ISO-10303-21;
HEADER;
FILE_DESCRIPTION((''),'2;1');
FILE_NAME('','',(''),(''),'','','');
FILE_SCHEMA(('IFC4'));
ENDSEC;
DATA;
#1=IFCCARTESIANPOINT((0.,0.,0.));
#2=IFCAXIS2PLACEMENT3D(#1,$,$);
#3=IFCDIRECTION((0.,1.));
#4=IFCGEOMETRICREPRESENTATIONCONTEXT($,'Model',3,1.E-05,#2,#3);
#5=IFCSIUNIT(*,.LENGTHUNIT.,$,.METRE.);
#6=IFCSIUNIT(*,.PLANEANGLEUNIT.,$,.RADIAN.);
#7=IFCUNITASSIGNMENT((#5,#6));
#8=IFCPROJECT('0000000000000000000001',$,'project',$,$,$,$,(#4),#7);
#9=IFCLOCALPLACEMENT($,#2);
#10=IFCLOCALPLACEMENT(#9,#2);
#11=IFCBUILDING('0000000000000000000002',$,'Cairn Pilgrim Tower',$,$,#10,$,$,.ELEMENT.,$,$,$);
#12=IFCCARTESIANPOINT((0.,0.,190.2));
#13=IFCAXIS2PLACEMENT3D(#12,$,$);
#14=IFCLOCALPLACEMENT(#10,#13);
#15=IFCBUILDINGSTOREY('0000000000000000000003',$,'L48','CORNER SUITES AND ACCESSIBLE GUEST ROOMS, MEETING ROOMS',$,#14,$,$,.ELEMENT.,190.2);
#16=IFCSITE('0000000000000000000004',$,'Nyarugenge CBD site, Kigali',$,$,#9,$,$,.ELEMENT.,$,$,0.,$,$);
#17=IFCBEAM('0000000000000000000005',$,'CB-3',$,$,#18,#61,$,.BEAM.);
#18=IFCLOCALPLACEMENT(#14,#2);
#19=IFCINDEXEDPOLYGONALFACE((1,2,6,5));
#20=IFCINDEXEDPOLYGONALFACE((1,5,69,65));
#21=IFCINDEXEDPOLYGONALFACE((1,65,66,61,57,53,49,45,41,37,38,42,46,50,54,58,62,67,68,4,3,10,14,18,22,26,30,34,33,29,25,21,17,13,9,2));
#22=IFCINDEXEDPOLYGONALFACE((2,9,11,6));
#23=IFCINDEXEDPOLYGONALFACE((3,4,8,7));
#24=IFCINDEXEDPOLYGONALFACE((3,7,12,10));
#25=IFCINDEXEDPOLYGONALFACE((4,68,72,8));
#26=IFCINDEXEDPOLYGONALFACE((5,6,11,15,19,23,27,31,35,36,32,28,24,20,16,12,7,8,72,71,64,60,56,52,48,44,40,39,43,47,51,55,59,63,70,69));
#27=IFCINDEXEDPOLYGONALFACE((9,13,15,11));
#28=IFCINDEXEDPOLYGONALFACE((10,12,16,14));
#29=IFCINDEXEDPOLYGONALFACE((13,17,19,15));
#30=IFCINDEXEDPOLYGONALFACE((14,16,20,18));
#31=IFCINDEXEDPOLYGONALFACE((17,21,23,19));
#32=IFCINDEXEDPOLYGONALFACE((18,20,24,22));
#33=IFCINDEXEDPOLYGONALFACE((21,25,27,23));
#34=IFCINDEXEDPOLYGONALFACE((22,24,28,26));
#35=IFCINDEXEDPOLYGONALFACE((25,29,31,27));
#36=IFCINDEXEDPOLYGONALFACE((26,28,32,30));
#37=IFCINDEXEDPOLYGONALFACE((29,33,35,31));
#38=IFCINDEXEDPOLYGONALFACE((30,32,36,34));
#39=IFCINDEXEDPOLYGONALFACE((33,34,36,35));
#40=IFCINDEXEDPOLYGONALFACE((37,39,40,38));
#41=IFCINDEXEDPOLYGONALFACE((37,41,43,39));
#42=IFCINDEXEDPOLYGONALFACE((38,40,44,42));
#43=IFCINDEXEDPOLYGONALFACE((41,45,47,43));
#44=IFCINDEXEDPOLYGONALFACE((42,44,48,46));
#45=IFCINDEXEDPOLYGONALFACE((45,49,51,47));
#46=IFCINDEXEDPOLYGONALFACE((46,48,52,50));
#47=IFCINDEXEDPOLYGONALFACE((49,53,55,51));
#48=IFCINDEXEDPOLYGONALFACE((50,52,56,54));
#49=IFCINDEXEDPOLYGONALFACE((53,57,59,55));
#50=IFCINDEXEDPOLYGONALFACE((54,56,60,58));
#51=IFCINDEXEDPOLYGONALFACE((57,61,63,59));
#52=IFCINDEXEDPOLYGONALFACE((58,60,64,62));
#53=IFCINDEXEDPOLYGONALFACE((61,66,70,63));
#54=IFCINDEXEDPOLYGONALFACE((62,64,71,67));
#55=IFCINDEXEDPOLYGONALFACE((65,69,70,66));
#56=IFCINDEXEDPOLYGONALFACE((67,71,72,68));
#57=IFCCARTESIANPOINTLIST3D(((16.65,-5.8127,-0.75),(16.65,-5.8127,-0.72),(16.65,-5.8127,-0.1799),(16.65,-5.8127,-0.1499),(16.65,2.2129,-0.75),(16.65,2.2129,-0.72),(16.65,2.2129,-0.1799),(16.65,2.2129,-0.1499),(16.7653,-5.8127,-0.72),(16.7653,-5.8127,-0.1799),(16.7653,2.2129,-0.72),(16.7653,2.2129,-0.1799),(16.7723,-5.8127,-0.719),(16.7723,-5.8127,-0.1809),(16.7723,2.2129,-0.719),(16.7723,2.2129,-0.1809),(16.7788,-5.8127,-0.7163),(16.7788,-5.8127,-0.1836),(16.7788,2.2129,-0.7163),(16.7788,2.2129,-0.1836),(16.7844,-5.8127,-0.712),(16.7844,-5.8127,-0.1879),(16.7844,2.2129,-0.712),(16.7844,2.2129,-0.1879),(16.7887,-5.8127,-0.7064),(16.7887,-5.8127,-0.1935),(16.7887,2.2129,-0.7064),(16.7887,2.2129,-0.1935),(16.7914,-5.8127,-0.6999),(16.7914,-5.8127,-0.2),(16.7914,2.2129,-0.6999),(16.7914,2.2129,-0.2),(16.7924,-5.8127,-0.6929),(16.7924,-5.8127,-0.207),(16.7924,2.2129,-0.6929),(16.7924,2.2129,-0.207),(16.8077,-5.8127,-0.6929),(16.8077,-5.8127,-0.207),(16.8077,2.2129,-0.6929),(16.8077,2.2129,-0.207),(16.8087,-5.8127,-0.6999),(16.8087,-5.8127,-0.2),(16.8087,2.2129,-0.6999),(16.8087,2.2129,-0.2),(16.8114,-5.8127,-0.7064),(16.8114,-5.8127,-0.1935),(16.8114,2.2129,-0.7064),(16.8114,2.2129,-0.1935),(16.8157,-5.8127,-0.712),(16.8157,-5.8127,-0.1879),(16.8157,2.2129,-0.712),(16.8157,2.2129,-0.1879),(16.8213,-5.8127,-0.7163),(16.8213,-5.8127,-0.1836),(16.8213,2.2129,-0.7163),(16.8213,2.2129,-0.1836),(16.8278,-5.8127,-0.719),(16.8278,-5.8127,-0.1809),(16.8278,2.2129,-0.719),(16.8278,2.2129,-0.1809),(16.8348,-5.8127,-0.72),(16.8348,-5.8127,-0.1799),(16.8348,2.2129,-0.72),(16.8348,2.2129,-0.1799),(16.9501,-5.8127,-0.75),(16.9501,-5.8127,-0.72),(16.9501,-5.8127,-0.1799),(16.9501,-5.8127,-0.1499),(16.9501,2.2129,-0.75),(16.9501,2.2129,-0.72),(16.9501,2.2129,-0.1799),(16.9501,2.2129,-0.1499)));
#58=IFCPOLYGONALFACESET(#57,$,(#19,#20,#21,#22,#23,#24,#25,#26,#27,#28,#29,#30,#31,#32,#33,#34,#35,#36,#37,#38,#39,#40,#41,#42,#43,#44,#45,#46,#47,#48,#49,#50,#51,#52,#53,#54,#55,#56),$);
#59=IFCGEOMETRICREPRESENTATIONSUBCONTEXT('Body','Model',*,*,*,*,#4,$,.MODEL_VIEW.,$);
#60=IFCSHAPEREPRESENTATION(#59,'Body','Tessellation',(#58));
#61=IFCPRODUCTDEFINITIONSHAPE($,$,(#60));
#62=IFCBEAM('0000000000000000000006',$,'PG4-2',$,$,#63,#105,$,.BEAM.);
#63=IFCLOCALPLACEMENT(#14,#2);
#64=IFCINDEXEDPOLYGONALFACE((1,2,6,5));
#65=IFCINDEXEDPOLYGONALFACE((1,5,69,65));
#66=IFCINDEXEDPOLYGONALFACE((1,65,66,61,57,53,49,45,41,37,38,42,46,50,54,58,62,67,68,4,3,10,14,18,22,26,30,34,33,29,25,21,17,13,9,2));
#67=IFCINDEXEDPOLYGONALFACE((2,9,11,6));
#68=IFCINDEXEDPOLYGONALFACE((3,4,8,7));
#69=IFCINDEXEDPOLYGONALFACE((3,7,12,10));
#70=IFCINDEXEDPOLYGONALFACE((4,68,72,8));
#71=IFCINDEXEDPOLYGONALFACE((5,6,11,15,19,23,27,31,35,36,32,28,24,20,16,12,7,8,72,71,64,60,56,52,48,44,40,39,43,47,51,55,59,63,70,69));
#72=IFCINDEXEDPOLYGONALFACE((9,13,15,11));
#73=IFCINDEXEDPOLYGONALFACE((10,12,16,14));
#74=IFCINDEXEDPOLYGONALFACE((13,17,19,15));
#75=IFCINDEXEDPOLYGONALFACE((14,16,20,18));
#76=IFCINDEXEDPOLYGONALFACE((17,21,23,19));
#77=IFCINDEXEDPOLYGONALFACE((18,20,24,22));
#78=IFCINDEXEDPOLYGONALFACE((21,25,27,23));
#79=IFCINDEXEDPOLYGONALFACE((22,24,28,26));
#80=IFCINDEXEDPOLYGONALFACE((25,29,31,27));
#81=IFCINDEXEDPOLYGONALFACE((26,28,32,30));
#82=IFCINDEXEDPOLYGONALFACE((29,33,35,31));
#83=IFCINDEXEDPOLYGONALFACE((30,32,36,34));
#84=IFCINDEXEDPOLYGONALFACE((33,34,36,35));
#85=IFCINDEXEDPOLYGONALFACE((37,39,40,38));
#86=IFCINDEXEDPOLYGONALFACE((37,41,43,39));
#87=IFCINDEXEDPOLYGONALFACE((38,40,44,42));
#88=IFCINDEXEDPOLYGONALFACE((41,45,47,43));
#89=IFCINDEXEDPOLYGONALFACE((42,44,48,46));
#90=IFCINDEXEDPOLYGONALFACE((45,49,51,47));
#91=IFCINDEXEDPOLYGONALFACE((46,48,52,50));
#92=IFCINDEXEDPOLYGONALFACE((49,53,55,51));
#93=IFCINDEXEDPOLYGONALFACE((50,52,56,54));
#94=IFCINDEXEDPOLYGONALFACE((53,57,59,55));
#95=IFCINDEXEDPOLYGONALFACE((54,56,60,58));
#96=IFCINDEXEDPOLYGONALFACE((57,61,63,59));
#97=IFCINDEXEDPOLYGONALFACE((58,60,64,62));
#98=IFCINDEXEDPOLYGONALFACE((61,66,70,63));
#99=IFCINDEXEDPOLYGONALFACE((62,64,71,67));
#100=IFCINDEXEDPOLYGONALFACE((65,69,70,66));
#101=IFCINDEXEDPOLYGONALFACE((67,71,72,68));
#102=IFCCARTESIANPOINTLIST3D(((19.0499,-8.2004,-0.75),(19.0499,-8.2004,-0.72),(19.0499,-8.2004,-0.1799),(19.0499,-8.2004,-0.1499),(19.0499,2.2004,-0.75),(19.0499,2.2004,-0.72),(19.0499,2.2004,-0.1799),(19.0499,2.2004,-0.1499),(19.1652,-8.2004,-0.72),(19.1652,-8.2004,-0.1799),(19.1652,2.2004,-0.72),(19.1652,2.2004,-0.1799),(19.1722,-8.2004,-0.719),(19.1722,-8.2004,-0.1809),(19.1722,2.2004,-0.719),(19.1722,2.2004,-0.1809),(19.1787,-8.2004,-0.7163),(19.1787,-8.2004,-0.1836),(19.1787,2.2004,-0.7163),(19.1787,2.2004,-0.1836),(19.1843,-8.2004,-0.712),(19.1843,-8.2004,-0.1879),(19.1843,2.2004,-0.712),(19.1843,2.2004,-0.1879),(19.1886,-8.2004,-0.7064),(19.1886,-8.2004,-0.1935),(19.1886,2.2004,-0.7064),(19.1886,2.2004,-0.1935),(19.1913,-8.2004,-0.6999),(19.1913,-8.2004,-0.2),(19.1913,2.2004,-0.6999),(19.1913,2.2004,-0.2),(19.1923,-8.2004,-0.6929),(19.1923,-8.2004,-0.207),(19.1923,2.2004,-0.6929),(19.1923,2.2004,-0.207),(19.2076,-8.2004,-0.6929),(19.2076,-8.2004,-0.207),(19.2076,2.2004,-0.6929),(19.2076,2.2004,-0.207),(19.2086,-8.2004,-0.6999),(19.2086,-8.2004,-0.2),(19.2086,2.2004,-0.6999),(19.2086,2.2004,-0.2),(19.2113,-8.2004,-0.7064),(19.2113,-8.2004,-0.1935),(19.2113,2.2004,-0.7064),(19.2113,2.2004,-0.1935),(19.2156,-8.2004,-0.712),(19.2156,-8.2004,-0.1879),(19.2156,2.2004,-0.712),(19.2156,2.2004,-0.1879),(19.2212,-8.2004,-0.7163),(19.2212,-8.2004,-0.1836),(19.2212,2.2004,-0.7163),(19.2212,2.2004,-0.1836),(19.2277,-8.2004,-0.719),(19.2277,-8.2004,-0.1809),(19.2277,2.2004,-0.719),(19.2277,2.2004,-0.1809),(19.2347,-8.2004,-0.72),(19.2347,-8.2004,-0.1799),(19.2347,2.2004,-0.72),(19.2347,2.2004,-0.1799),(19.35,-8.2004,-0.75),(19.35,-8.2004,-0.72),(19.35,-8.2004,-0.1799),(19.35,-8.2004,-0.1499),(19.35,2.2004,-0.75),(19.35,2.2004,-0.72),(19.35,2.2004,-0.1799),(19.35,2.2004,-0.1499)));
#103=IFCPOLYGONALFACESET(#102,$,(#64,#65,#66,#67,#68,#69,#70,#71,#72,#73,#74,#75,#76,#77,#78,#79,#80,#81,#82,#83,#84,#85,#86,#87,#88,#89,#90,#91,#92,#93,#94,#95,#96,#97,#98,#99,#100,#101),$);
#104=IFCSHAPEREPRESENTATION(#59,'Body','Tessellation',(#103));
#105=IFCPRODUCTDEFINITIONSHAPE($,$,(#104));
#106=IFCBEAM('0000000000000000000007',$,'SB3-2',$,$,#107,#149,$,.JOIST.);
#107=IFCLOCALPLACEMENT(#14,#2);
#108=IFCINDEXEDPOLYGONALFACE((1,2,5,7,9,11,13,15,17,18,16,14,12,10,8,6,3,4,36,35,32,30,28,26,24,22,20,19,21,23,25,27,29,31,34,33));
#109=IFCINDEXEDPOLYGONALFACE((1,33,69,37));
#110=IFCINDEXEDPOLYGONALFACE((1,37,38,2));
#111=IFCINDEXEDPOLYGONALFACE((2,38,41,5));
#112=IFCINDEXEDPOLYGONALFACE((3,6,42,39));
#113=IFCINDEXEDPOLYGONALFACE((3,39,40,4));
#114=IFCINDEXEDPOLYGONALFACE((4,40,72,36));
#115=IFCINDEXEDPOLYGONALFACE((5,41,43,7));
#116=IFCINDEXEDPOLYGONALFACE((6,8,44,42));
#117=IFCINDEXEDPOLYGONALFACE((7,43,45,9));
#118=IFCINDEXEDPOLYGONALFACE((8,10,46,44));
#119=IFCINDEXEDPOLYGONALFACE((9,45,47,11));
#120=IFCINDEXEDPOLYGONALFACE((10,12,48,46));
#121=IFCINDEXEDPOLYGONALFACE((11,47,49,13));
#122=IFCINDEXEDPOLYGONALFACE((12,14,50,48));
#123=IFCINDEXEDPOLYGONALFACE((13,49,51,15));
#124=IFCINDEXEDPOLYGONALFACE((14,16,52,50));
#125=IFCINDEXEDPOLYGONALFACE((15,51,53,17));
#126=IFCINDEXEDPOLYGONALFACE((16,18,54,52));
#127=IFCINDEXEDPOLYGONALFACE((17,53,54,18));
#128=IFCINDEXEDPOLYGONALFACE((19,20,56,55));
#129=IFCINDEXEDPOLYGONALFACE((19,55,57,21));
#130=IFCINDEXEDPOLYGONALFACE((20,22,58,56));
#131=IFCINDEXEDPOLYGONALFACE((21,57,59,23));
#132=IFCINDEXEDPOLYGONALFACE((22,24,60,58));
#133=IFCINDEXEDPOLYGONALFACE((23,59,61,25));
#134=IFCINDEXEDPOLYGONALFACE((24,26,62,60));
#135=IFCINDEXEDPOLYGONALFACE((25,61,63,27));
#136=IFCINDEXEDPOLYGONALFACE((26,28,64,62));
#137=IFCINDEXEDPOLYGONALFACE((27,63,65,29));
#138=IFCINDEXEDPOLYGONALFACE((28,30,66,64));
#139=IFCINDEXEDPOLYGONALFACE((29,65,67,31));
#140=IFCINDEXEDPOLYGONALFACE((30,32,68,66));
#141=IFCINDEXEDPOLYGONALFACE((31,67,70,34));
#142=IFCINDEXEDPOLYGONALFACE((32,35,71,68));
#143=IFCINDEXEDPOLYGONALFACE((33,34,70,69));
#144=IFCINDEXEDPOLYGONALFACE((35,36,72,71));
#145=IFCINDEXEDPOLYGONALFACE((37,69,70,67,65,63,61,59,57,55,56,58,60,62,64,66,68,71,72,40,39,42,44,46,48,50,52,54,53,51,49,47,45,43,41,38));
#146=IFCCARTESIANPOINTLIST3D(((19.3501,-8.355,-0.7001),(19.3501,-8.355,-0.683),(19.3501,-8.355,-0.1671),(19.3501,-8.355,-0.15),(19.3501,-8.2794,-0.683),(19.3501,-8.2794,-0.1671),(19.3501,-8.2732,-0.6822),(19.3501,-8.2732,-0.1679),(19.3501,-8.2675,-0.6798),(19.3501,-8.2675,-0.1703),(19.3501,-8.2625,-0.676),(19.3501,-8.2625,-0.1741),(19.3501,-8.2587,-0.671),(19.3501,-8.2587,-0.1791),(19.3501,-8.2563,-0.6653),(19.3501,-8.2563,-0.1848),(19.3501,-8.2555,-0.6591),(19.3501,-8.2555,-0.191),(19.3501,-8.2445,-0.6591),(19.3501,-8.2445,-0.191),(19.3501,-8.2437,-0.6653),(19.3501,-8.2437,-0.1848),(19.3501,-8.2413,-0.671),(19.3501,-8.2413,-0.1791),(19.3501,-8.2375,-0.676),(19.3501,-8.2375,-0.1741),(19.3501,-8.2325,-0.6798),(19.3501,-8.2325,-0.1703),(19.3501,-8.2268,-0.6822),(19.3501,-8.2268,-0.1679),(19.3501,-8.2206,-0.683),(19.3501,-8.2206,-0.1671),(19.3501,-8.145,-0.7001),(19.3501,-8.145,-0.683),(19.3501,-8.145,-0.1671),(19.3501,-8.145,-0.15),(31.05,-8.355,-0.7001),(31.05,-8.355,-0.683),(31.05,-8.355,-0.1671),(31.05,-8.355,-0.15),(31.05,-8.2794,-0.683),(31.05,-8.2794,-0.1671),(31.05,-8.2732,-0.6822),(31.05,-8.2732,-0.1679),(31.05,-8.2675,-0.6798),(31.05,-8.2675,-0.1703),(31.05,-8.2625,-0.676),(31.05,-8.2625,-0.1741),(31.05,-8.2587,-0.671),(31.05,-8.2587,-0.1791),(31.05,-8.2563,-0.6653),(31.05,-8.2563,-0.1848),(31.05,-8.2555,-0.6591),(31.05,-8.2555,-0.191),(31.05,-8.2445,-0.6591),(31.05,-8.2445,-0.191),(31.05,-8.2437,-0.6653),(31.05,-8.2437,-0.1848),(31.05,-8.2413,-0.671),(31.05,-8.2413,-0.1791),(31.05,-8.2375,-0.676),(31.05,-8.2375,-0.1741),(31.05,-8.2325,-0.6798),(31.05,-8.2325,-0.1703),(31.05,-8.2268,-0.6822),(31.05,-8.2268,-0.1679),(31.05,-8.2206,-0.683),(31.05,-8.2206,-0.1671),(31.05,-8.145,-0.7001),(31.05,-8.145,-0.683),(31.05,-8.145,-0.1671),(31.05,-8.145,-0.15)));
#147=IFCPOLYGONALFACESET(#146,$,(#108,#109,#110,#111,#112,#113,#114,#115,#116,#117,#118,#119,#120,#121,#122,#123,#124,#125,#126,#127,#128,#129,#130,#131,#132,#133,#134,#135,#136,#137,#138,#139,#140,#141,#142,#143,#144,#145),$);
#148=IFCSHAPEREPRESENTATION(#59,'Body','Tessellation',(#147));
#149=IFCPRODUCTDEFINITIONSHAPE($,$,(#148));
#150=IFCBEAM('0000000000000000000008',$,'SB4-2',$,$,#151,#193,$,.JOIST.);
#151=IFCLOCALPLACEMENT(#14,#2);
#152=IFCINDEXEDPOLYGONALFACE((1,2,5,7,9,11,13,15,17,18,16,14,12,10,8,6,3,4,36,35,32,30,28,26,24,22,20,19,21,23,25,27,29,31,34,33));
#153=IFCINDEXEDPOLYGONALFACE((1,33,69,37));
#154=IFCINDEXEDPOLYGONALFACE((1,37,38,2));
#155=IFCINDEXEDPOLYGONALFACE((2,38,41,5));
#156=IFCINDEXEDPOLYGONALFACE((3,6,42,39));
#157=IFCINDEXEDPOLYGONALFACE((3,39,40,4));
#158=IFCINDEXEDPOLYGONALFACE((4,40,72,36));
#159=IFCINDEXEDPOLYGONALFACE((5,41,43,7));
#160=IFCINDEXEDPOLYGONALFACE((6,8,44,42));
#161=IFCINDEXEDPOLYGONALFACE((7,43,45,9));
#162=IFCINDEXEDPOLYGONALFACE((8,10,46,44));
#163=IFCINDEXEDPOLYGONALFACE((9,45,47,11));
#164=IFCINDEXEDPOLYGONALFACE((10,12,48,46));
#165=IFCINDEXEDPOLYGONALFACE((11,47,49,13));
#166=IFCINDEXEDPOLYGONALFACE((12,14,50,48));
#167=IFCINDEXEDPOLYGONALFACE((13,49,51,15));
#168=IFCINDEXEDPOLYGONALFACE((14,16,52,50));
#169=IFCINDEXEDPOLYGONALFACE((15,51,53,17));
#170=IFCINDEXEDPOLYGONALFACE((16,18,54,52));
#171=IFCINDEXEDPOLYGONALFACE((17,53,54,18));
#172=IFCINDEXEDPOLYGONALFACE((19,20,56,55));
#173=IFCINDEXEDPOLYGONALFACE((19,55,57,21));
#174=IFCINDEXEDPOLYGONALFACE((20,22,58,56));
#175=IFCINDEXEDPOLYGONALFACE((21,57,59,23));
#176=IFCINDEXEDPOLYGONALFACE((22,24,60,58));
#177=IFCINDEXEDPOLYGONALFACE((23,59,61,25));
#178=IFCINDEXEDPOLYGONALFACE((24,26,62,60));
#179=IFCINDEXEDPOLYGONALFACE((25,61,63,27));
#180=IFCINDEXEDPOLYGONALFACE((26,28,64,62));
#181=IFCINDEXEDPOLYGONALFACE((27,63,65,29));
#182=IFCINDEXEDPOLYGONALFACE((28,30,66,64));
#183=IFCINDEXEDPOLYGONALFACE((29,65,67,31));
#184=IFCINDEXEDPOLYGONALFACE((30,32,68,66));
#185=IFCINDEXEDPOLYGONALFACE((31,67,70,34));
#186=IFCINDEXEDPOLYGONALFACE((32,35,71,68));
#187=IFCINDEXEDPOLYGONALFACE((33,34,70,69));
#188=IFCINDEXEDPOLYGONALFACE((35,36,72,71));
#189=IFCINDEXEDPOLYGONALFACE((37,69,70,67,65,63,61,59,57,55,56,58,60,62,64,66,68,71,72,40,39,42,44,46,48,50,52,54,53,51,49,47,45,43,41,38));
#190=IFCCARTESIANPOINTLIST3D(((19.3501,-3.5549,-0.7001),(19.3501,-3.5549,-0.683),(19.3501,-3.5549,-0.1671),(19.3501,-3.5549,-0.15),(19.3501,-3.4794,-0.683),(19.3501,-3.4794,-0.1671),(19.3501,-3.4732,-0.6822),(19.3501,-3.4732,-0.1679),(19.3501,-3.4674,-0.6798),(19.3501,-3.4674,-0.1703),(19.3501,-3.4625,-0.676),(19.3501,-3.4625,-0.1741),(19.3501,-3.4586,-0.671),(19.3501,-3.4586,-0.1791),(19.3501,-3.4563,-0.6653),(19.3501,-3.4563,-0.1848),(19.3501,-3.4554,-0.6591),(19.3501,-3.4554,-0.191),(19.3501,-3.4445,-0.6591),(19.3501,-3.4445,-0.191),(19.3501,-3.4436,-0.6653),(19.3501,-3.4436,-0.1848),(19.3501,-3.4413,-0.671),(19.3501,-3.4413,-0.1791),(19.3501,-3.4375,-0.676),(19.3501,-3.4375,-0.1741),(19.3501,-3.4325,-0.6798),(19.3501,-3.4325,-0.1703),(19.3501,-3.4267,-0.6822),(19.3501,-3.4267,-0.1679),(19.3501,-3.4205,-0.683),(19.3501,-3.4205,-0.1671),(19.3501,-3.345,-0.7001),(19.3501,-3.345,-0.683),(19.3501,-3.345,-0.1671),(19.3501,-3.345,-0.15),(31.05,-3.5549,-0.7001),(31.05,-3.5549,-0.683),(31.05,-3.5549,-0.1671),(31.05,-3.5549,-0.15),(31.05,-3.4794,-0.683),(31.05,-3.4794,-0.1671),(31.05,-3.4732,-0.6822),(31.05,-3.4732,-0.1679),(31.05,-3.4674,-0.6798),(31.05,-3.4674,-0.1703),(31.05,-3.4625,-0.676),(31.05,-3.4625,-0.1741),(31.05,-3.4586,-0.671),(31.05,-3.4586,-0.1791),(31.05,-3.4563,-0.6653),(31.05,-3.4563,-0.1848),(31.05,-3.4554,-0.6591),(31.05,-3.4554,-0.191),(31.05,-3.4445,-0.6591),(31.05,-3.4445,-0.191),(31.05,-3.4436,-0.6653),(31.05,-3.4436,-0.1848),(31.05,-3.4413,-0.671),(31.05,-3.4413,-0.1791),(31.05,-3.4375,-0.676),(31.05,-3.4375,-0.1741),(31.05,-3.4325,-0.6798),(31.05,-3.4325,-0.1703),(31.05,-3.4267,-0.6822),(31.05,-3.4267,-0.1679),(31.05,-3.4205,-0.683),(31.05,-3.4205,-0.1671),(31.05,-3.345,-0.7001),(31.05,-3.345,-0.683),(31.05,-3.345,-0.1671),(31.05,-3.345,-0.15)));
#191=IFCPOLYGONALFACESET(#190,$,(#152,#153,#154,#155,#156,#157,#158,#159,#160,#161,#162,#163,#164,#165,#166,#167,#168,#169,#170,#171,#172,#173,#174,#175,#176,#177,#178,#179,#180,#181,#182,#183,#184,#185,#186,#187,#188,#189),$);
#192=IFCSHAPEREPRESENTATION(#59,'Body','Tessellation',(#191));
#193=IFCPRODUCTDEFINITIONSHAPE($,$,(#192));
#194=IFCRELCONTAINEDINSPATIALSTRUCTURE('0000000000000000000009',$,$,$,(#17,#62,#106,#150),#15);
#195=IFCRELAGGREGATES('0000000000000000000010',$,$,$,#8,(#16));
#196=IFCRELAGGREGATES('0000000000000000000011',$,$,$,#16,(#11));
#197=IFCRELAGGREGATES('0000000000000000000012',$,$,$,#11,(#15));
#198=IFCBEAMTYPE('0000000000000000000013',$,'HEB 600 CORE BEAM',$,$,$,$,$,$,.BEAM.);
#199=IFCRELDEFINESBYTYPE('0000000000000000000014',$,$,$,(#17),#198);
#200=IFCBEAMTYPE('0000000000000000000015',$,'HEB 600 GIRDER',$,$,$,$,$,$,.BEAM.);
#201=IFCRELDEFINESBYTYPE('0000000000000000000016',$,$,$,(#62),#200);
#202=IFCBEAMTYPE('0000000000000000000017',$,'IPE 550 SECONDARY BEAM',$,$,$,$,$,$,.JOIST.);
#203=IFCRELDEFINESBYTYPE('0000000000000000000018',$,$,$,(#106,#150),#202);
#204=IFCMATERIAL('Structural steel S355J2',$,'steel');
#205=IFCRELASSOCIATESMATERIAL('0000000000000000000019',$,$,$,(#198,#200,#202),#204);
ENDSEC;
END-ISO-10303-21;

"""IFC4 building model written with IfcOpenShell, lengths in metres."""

from ifc_helpers import new_model, si_unit, direction, frame, origin, origin_2d, place, context, subcontext, project, spatial, i_section, extrude, material, material_profile, profile_set, type_object, element, save


model = new_model("IFC4")

# Units and contexts
model_context = context("Model", 3, precision=1e-05, world=origin(), true_north=direction((0.0, 1.0)))
body_context = subcontext(model_context, "Body", "Model", "MODEL_VIEW")
ifc_project = project(units=[si_unit("LENGTHUNIT", "METRE"), si_unit("PLANEANGLEUNIT", "RADIAN")], contexts=[model_context])

# Site, building, storey
site_placement = place(None, origin())
site = spatial("IfcSite", under=ifc_project, at=site_placement, Name="Nyarugenge CBD site, Kigali", CompositionType="ELEMENT", RefElevation=0.0)
building_placement = place(site_placement, origin())
building = spatial("IfcBuilding", under=site, at=building_placement, Name="Cairn Pilgrim Tower", CompositionType="ELEMENT")
storey_placement = place(building_placement, frame((0.0, 0.0, 190.2)))
storey = spatial("IfcBuildingStorey", under=building, at=storey_placement, Name="L48", Description="CORNER SUITES AND ACCESSIBLE GUEST ROOMS, MEETING ROOMS", CompositionType="ELEMENT", Elevation=190.2)

# Shared definitions
ifc_material_1 = material(Name="Structural steel S355J2", Category="steel")

# Beams
ifc_material_profile_1 = material_profile(ifc_material_1, i_section(OverallWidth=0.3, OverallDepth=0.6001, WebThickness=0.0154, FlangeThickness=0.03, FilletRadius=0.0271, at=origin_2d()), Name="HEB 600")
ifc_profile_set_1 = profile_set([ifc_material_profile_1], Name="Structural steel S355J2")
beam_type_1 = type_object("IfcBeamType", Name="HEB 600 CORE BEAM", PredefinedType="BEAM", material=ifc_profile_set_1)
beam_1_placement = place(storey_placement, frame((16.8, -5.8127, -0.45), z_axis=(0.0, 1.0, 0.0), x_axis=(-1.0, 0.0, 0.0)))
element("IfcBeam", 1, at=beam_1_placement, inside=storey, type_object=beam_type_1, Name="CB-3", PredefinedType="BEAM", context=body_context, shape_type="SweptSolid", body=[
    extrude(i_section(OverallWidth=0.3, OverallDepth=0.6001, WebThickness=0.0154, FlangeThickness=0.03, FilletRadius=0.0271, at=origin_2d()), origin(), (0.0, 0.0, 1.0), 8.0256),
])
ifc_material_profile_2 = material_profile(ifc_material_1, i_section(OverallWidth=0.3, OverallDepth=0.6001, WebThickness=0.0154, FlangeThickness=0.03, FilletRadius=0.0271, at=origin_2d()), Name="HEB 600")
ifc_profile_set_2 = profile_set([ifc_material_profile_2], Name="Structural steel S355J2")
beam_type_2 = type_object("IfcBeamType", Name="HEB 600 GIRDER", PredefinedType="BEAM", material=ifc_profile_set_2)
beam_2_placement = place(storey_placement, frame((19.2, -8.2004, -0.45), z_axis=(0.0, 1.0, 0.0), x_axis=(-1.0, 0.0, 0.0)))
element("IfcBeam", 2, at=beam_2_placement, inside=storey, type_object=beam_type_2, Name="PG4-2", PredefinedType="BEAM", context=body_context, shape_type="SweptSolid", body=[
    extrude(i_section(OverallWidth=0.3, OverallDepth=0.6001, WebThickness=0.0154, FlangeThickness=0.03, FilletRadius=0.0271, at=origin_2d()), origin(), (0.0, 0.0, 1.0), 10.4009),
])
ifc_material_profile_3 = material_profile(ifc_material_1, i_section(OverallWidth=0.21, OverallDepth=0.55, WebThickness=0.011, FlangeThickness=0.0171, FilletRadius=0.0239, at=origin_2d()), Name="IPE 550")
ifc_profile_set_3 = profile_set([ifc_material_profile_3], Name="Structural steel S355J2")
beam_type_3 = type_object("IfcBeamType", Name="IPE 550 SECONDARY BEAM", PredefinedType="JOIST", material=ifc_profile_set_3)
for number, where, z_axis, x_axis, name in (
    (3, (19.3501, -8.25, -0.425), (1.0, 0.0, 0.0), (0.0, 1.0, 0.0), "SB3-2"),
    (4, (19.3501, -3.45, -0.425), (1.0, 0.0, 0.0), (0.0, 1.0, 0.0), "SB4-2"),
):
    element("IfcBeam", number, at=place(storey_placement, frame(where, z_axis=z_axis, x_axis=x_axis)), inside=storey, type_object=beam_type_3, Name=name, PredefinedType="JOIST", context=body_context, shape_type="SweptSolid", body=[
        extrude(i_section(OverallWidth=0.21, OverallDepth=0.55, WebThickness=0.011, FlangeThickness=0.0171, FilletRadius=0.0239, at=origin_2d()), origin(), (0.0, 0.0, 1.0), 11.7),
    ])

save(model, "model.ifc")
